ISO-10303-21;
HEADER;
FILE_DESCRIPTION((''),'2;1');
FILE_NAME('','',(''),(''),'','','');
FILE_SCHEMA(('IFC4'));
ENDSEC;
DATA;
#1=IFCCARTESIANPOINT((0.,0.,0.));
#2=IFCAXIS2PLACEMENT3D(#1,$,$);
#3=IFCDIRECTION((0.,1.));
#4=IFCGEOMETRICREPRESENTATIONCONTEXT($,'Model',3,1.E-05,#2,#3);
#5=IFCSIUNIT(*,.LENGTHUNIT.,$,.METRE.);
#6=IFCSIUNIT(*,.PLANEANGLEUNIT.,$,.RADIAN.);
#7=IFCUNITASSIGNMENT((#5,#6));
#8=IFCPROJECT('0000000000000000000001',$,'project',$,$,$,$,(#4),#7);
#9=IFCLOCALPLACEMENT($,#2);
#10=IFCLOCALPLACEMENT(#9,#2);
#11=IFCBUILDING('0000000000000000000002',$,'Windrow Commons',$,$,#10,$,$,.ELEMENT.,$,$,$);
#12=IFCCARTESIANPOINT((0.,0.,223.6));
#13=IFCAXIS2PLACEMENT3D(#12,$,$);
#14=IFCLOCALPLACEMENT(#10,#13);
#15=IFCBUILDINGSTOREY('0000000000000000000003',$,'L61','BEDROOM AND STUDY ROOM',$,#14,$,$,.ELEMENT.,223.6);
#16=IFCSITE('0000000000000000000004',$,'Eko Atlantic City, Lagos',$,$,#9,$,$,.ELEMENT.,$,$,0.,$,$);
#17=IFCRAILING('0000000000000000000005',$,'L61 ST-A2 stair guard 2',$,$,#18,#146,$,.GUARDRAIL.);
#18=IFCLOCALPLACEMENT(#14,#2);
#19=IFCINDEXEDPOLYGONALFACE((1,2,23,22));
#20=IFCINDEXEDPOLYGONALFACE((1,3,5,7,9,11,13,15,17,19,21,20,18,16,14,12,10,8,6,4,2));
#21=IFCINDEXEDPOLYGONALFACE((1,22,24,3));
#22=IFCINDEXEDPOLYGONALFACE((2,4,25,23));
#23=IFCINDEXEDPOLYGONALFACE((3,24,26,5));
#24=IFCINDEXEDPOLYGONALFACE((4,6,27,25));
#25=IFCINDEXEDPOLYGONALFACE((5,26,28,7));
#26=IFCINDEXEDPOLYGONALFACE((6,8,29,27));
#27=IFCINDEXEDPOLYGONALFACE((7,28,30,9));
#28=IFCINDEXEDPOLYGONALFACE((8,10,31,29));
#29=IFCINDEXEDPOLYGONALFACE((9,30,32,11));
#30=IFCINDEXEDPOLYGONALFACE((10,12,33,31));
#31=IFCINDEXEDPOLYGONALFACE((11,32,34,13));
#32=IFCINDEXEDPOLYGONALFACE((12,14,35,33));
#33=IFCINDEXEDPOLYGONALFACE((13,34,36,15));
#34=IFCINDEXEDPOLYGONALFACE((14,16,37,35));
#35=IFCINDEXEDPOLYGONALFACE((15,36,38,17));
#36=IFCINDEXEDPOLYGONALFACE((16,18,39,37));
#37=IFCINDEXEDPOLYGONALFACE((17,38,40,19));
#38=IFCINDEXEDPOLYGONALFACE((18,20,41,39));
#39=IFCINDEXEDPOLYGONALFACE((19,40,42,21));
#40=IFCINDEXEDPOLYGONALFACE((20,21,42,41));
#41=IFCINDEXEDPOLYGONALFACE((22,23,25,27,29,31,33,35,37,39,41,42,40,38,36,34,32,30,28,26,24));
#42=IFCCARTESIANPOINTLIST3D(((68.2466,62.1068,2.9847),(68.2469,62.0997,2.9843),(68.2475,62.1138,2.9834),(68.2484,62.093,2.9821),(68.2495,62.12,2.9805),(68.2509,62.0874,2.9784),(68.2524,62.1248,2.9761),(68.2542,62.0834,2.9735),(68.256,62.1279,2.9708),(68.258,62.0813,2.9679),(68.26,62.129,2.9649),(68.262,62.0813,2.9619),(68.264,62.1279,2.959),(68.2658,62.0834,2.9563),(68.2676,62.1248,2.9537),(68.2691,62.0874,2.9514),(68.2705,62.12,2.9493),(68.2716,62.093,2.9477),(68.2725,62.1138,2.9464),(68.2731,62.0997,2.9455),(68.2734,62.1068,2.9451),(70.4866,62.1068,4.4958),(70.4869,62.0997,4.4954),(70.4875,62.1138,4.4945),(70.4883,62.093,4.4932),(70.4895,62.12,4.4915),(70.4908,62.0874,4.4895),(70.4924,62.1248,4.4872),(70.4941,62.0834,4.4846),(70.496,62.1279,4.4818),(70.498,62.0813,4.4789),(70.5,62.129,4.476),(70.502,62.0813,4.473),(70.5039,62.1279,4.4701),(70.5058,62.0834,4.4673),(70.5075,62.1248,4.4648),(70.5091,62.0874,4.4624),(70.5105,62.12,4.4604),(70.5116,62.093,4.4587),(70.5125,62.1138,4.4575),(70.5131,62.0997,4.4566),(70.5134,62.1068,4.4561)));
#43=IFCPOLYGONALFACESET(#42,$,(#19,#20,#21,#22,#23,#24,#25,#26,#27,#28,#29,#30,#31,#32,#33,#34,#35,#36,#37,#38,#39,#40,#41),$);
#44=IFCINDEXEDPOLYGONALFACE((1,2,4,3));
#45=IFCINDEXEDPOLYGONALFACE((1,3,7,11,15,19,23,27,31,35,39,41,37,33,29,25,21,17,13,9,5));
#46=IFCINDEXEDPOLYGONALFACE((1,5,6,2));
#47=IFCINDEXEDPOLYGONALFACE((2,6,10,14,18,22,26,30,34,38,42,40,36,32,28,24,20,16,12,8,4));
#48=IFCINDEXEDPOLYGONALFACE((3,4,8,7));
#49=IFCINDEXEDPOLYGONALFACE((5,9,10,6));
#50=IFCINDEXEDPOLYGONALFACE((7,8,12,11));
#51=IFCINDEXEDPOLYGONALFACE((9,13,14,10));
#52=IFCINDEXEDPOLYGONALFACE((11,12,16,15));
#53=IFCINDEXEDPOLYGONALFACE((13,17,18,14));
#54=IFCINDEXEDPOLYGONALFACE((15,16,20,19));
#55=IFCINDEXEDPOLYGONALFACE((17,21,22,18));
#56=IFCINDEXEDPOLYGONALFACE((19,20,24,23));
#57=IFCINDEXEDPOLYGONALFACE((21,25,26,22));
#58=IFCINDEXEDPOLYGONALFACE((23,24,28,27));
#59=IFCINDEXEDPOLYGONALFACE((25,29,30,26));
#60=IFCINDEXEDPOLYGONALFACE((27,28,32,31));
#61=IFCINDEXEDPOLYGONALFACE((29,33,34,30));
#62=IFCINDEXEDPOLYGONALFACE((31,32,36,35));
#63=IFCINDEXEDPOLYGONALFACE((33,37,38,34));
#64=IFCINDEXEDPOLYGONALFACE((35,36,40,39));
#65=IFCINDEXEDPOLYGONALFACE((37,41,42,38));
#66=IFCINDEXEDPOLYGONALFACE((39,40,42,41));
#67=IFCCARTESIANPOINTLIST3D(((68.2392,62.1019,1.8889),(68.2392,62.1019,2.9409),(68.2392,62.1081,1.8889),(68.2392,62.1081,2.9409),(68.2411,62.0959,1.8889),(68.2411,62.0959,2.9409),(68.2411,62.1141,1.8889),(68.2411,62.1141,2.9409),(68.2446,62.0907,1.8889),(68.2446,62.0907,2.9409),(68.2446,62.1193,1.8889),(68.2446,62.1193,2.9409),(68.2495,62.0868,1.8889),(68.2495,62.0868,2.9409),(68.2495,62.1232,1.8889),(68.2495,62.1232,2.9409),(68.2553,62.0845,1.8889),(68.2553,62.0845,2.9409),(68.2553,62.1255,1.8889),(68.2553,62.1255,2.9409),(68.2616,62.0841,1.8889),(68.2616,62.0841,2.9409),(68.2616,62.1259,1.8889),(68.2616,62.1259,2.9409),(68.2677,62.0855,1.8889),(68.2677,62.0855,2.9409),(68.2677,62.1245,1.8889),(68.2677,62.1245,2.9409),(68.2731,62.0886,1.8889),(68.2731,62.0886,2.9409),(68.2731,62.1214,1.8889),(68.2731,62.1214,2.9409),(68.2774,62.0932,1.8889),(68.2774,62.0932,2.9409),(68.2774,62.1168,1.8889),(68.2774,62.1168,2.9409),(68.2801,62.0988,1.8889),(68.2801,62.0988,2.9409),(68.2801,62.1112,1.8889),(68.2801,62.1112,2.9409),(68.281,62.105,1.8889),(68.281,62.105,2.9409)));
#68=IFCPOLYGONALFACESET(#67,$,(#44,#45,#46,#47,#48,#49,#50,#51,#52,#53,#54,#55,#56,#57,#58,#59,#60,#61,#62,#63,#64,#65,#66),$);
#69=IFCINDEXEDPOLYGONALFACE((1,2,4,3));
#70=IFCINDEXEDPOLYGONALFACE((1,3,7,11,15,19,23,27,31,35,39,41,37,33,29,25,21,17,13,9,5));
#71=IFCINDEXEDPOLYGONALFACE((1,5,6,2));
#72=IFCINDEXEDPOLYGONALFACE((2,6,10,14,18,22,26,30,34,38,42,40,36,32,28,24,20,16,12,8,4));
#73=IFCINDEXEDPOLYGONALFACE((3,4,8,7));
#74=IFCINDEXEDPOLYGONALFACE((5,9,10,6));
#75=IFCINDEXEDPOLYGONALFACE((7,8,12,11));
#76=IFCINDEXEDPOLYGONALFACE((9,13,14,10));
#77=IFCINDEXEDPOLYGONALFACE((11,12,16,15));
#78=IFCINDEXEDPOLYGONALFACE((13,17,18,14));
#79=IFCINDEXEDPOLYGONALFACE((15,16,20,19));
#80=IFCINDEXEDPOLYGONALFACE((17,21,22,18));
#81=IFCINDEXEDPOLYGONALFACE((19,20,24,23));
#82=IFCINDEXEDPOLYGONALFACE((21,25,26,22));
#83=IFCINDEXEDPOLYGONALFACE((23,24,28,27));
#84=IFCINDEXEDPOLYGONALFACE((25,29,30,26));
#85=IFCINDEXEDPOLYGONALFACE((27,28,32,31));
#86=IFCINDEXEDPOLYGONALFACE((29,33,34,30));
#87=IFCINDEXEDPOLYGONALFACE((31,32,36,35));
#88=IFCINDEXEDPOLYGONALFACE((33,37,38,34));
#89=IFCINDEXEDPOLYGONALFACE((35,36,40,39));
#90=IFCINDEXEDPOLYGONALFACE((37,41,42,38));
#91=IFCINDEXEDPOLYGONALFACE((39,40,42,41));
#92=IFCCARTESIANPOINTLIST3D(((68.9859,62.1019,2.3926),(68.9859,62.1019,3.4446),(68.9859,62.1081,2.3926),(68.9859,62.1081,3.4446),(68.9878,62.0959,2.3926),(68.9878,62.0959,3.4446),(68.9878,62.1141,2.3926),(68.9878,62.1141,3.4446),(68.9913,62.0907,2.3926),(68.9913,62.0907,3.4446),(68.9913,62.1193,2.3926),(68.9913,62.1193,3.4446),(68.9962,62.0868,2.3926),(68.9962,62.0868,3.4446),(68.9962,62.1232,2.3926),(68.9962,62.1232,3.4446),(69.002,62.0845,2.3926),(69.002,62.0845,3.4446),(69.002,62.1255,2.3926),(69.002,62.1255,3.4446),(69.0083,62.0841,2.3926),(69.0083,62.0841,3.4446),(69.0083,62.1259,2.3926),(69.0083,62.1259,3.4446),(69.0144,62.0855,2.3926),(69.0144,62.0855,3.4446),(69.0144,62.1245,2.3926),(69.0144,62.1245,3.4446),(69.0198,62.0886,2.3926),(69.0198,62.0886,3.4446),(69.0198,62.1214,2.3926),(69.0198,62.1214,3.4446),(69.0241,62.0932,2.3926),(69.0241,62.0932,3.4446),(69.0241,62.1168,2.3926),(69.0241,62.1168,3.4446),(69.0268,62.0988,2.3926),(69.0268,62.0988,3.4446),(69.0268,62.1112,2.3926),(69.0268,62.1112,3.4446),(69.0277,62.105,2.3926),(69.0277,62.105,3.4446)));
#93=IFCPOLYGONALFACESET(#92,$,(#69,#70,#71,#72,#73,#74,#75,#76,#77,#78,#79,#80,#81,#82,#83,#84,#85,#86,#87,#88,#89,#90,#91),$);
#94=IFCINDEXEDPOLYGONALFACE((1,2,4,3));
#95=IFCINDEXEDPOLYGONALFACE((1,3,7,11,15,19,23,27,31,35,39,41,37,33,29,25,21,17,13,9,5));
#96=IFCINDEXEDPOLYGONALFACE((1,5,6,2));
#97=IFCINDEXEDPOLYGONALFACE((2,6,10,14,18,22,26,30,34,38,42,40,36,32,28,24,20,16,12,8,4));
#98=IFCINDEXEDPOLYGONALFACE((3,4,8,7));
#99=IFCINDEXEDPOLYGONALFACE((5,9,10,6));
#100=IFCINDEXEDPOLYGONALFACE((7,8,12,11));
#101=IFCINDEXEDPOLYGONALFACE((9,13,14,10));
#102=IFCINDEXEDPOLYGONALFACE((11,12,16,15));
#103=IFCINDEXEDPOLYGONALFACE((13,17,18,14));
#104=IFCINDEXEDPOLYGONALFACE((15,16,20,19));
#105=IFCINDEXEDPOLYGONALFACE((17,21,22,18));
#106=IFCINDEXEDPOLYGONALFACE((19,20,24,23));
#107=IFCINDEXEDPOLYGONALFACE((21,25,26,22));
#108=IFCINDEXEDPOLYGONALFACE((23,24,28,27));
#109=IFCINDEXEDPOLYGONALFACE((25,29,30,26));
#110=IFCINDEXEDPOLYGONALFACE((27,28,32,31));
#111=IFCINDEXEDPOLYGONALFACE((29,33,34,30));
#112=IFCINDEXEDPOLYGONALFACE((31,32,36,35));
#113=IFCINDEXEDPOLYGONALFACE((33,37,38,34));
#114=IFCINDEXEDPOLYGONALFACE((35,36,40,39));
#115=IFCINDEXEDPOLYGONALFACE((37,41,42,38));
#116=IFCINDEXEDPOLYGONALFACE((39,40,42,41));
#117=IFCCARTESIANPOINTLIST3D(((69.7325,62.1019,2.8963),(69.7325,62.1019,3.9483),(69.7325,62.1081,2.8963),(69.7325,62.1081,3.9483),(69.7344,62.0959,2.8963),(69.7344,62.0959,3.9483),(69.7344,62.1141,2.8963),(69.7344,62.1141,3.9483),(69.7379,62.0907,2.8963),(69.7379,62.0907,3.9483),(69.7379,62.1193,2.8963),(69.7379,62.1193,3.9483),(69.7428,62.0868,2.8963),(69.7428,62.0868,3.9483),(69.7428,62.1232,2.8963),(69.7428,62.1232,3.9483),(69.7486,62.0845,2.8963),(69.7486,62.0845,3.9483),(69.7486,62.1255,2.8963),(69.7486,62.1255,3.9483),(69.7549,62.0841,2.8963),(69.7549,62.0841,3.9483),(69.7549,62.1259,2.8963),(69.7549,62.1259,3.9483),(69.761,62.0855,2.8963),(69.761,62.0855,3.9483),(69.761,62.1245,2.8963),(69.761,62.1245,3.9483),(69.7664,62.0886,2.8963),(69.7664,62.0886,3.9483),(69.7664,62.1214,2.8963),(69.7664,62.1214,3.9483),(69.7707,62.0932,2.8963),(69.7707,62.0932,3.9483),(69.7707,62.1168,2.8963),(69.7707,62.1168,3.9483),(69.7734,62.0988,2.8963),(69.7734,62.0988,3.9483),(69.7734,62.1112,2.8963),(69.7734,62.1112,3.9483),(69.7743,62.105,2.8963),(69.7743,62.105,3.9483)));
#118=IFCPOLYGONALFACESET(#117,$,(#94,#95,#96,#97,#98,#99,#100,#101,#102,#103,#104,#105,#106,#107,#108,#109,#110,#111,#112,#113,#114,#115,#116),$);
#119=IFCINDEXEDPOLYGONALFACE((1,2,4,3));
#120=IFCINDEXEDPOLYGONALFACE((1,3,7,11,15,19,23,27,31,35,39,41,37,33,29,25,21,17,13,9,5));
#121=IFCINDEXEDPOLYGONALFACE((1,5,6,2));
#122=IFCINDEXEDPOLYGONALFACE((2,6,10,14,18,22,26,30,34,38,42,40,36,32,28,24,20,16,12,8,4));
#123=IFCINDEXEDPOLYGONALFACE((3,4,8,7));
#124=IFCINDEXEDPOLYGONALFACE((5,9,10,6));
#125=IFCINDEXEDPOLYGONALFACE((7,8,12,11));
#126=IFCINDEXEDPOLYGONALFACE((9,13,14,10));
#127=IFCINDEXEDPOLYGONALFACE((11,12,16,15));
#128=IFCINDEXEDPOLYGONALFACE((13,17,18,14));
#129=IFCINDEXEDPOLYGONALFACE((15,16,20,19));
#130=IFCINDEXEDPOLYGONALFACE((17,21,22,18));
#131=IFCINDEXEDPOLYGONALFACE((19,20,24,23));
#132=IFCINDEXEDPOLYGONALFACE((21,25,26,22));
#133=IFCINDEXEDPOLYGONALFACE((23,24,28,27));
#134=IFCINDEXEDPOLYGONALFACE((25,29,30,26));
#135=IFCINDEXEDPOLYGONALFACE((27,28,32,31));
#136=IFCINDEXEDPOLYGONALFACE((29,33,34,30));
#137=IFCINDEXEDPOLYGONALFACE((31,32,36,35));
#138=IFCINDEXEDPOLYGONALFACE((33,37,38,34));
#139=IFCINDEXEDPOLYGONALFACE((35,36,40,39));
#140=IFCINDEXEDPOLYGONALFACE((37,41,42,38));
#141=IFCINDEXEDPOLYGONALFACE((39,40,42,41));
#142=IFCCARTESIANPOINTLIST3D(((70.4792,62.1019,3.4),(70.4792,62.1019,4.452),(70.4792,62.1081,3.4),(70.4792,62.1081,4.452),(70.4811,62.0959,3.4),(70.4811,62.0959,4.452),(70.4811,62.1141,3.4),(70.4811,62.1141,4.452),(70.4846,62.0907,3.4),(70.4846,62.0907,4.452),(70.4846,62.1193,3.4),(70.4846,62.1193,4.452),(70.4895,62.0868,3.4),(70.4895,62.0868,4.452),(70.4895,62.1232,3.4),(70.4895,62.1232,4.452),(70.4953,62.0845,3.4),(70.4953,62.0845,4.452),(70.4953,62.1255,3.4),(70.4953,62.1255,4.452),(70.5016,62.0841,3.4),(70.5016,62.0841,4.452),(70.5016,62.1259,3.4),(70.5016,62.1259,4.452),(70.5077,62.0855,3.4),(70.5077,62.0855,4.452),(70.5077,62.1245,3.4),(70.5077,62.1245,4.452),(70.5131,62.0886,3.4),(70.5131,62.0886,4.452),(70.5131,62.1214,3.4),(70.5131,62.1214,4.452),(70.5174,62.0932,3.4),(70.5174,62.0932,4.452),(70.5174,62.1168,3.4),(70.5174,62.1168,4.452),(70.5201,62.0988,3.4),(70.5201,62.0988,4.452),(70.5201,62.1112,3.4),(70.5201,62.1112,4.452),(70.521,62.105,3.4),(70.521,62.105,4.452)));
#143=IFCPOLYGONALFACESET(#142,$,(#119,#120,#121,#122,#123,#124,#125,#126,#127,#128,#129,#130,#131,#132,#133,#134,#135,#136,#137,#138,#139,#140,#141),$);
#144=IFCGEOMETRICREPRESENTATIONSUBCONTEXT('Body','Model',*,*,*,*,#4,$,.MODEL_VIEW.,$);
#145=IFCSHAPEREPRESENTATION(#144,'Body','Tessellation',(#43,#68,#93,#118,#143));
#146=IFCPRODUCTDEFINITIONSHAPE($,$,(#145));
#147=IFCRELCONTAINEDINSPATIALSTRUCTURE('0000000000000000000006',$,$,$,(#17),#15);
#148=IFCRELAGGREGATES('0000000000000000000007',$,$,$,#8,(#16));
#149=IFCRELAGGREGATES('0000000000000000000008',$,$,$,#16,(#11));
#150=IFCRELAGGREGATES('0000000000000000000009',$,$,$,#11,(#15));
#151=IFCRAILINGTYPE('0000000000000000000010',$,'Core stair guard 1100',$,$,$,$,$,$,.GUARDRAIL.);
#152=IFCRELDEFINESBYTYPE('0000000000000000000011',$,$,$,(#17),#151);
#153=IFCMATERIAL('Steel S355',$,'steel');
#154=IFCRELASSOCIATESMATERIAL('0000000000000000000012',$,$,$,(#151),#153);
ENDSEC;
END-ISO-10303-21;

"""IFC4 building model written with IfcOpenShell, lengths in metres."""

from ifc_helpers import new_model, si_unit, direction, frame, origin, origin_2d, place, context, subcontext, project, spatial, circle, extrude, material, type_object, element, save


model = new_model("IFC4")

# Units and contexts
model_context = context("Model", 3, precision=1e-05, world=origin(), true_north=direction((0.0, 1.0)))
body_context = subcontext(model_context, "Body", "Model", "MODEL_VIEW")
ifc_project = project(units=[si_unit("LENGTHUNIT", "METRE"), si_unit("PLANEANGLEUNIT", "RADIAN")], contexts=[model_context])

# Site, building, storey
site_placement = place(None, origin())
site = spatial("IfcSite", under=ifc_project, at=site_placement, Name="Eko Atlantic City, Lagos", CompositionType="ELEMENT", RefElevation=0.0)
building_placement = place(site_placement, origin())
building = spatial("IfcBuilding", under=site, at=building_placement, Name="Windrow Commons", CompositionType="ELEMENT")
storey_placement = place(building_placement, frame((0.0, 0.0, 223.6)))
storey = spatial("IfcBuildingStorey", under=building, at=storey_placement, Name="L61", Description="BEDROOM AND STUDY ROOM", CompositionType="ELEMENT", Elevation=223.6)

# Railing
ifc_material_1 = material(Name="Steel S355", Category="steel")
railing_type_1 = type_object("IfcRailingType", Name="Core stair guard 1100", PredefinedType="GUARDRAIL", material=ifc_material_1)
railing_1_placement = place(storey_placement, frame((68.26, 62.105, 1.8889)))
element("IfcRailing", 1, at=railing_1_placement, inside=storey, type_object=railing_type_1, Name="L61 ST-A2 stair guard 2", PredefinedType="GUARDRAIL", context=body_context, shape_type="SweptSolid", body=[
    extrude(circle(Radius=0.024, at=origin_2d()), frame((0.0, 0.0, 1.076), z_axis=(0.829003, 0.0, 0.559244), x_axis=(0.0, 1.0, 0.0)), (0.0, 0.0, 1.0), 2.702),
    extrude(circle(Radius=0.021, at=origin_2d()), origin(), (0.0, 0.0, 1.0), 1.052),
    extrude(circle(Radius=0.021, at=origin_2d()), frame((0.7467, 0.0, 0.5037)), (0.0, 0.0, 1.0), 1.052),
    extrude(circle(Radius=0.021, at=origin_2d()), frame((1.4933, 0.0, 1.0074)), (0.0, 0.0, 1.0), 1.052),
    extrude(circle(Radius=0.021, at=origin_2d()), frame((2.24, 0.0, 1.5111)), (0.0, 0.0, 1.0), 1.052),
])

save(model, "model.ifc")
